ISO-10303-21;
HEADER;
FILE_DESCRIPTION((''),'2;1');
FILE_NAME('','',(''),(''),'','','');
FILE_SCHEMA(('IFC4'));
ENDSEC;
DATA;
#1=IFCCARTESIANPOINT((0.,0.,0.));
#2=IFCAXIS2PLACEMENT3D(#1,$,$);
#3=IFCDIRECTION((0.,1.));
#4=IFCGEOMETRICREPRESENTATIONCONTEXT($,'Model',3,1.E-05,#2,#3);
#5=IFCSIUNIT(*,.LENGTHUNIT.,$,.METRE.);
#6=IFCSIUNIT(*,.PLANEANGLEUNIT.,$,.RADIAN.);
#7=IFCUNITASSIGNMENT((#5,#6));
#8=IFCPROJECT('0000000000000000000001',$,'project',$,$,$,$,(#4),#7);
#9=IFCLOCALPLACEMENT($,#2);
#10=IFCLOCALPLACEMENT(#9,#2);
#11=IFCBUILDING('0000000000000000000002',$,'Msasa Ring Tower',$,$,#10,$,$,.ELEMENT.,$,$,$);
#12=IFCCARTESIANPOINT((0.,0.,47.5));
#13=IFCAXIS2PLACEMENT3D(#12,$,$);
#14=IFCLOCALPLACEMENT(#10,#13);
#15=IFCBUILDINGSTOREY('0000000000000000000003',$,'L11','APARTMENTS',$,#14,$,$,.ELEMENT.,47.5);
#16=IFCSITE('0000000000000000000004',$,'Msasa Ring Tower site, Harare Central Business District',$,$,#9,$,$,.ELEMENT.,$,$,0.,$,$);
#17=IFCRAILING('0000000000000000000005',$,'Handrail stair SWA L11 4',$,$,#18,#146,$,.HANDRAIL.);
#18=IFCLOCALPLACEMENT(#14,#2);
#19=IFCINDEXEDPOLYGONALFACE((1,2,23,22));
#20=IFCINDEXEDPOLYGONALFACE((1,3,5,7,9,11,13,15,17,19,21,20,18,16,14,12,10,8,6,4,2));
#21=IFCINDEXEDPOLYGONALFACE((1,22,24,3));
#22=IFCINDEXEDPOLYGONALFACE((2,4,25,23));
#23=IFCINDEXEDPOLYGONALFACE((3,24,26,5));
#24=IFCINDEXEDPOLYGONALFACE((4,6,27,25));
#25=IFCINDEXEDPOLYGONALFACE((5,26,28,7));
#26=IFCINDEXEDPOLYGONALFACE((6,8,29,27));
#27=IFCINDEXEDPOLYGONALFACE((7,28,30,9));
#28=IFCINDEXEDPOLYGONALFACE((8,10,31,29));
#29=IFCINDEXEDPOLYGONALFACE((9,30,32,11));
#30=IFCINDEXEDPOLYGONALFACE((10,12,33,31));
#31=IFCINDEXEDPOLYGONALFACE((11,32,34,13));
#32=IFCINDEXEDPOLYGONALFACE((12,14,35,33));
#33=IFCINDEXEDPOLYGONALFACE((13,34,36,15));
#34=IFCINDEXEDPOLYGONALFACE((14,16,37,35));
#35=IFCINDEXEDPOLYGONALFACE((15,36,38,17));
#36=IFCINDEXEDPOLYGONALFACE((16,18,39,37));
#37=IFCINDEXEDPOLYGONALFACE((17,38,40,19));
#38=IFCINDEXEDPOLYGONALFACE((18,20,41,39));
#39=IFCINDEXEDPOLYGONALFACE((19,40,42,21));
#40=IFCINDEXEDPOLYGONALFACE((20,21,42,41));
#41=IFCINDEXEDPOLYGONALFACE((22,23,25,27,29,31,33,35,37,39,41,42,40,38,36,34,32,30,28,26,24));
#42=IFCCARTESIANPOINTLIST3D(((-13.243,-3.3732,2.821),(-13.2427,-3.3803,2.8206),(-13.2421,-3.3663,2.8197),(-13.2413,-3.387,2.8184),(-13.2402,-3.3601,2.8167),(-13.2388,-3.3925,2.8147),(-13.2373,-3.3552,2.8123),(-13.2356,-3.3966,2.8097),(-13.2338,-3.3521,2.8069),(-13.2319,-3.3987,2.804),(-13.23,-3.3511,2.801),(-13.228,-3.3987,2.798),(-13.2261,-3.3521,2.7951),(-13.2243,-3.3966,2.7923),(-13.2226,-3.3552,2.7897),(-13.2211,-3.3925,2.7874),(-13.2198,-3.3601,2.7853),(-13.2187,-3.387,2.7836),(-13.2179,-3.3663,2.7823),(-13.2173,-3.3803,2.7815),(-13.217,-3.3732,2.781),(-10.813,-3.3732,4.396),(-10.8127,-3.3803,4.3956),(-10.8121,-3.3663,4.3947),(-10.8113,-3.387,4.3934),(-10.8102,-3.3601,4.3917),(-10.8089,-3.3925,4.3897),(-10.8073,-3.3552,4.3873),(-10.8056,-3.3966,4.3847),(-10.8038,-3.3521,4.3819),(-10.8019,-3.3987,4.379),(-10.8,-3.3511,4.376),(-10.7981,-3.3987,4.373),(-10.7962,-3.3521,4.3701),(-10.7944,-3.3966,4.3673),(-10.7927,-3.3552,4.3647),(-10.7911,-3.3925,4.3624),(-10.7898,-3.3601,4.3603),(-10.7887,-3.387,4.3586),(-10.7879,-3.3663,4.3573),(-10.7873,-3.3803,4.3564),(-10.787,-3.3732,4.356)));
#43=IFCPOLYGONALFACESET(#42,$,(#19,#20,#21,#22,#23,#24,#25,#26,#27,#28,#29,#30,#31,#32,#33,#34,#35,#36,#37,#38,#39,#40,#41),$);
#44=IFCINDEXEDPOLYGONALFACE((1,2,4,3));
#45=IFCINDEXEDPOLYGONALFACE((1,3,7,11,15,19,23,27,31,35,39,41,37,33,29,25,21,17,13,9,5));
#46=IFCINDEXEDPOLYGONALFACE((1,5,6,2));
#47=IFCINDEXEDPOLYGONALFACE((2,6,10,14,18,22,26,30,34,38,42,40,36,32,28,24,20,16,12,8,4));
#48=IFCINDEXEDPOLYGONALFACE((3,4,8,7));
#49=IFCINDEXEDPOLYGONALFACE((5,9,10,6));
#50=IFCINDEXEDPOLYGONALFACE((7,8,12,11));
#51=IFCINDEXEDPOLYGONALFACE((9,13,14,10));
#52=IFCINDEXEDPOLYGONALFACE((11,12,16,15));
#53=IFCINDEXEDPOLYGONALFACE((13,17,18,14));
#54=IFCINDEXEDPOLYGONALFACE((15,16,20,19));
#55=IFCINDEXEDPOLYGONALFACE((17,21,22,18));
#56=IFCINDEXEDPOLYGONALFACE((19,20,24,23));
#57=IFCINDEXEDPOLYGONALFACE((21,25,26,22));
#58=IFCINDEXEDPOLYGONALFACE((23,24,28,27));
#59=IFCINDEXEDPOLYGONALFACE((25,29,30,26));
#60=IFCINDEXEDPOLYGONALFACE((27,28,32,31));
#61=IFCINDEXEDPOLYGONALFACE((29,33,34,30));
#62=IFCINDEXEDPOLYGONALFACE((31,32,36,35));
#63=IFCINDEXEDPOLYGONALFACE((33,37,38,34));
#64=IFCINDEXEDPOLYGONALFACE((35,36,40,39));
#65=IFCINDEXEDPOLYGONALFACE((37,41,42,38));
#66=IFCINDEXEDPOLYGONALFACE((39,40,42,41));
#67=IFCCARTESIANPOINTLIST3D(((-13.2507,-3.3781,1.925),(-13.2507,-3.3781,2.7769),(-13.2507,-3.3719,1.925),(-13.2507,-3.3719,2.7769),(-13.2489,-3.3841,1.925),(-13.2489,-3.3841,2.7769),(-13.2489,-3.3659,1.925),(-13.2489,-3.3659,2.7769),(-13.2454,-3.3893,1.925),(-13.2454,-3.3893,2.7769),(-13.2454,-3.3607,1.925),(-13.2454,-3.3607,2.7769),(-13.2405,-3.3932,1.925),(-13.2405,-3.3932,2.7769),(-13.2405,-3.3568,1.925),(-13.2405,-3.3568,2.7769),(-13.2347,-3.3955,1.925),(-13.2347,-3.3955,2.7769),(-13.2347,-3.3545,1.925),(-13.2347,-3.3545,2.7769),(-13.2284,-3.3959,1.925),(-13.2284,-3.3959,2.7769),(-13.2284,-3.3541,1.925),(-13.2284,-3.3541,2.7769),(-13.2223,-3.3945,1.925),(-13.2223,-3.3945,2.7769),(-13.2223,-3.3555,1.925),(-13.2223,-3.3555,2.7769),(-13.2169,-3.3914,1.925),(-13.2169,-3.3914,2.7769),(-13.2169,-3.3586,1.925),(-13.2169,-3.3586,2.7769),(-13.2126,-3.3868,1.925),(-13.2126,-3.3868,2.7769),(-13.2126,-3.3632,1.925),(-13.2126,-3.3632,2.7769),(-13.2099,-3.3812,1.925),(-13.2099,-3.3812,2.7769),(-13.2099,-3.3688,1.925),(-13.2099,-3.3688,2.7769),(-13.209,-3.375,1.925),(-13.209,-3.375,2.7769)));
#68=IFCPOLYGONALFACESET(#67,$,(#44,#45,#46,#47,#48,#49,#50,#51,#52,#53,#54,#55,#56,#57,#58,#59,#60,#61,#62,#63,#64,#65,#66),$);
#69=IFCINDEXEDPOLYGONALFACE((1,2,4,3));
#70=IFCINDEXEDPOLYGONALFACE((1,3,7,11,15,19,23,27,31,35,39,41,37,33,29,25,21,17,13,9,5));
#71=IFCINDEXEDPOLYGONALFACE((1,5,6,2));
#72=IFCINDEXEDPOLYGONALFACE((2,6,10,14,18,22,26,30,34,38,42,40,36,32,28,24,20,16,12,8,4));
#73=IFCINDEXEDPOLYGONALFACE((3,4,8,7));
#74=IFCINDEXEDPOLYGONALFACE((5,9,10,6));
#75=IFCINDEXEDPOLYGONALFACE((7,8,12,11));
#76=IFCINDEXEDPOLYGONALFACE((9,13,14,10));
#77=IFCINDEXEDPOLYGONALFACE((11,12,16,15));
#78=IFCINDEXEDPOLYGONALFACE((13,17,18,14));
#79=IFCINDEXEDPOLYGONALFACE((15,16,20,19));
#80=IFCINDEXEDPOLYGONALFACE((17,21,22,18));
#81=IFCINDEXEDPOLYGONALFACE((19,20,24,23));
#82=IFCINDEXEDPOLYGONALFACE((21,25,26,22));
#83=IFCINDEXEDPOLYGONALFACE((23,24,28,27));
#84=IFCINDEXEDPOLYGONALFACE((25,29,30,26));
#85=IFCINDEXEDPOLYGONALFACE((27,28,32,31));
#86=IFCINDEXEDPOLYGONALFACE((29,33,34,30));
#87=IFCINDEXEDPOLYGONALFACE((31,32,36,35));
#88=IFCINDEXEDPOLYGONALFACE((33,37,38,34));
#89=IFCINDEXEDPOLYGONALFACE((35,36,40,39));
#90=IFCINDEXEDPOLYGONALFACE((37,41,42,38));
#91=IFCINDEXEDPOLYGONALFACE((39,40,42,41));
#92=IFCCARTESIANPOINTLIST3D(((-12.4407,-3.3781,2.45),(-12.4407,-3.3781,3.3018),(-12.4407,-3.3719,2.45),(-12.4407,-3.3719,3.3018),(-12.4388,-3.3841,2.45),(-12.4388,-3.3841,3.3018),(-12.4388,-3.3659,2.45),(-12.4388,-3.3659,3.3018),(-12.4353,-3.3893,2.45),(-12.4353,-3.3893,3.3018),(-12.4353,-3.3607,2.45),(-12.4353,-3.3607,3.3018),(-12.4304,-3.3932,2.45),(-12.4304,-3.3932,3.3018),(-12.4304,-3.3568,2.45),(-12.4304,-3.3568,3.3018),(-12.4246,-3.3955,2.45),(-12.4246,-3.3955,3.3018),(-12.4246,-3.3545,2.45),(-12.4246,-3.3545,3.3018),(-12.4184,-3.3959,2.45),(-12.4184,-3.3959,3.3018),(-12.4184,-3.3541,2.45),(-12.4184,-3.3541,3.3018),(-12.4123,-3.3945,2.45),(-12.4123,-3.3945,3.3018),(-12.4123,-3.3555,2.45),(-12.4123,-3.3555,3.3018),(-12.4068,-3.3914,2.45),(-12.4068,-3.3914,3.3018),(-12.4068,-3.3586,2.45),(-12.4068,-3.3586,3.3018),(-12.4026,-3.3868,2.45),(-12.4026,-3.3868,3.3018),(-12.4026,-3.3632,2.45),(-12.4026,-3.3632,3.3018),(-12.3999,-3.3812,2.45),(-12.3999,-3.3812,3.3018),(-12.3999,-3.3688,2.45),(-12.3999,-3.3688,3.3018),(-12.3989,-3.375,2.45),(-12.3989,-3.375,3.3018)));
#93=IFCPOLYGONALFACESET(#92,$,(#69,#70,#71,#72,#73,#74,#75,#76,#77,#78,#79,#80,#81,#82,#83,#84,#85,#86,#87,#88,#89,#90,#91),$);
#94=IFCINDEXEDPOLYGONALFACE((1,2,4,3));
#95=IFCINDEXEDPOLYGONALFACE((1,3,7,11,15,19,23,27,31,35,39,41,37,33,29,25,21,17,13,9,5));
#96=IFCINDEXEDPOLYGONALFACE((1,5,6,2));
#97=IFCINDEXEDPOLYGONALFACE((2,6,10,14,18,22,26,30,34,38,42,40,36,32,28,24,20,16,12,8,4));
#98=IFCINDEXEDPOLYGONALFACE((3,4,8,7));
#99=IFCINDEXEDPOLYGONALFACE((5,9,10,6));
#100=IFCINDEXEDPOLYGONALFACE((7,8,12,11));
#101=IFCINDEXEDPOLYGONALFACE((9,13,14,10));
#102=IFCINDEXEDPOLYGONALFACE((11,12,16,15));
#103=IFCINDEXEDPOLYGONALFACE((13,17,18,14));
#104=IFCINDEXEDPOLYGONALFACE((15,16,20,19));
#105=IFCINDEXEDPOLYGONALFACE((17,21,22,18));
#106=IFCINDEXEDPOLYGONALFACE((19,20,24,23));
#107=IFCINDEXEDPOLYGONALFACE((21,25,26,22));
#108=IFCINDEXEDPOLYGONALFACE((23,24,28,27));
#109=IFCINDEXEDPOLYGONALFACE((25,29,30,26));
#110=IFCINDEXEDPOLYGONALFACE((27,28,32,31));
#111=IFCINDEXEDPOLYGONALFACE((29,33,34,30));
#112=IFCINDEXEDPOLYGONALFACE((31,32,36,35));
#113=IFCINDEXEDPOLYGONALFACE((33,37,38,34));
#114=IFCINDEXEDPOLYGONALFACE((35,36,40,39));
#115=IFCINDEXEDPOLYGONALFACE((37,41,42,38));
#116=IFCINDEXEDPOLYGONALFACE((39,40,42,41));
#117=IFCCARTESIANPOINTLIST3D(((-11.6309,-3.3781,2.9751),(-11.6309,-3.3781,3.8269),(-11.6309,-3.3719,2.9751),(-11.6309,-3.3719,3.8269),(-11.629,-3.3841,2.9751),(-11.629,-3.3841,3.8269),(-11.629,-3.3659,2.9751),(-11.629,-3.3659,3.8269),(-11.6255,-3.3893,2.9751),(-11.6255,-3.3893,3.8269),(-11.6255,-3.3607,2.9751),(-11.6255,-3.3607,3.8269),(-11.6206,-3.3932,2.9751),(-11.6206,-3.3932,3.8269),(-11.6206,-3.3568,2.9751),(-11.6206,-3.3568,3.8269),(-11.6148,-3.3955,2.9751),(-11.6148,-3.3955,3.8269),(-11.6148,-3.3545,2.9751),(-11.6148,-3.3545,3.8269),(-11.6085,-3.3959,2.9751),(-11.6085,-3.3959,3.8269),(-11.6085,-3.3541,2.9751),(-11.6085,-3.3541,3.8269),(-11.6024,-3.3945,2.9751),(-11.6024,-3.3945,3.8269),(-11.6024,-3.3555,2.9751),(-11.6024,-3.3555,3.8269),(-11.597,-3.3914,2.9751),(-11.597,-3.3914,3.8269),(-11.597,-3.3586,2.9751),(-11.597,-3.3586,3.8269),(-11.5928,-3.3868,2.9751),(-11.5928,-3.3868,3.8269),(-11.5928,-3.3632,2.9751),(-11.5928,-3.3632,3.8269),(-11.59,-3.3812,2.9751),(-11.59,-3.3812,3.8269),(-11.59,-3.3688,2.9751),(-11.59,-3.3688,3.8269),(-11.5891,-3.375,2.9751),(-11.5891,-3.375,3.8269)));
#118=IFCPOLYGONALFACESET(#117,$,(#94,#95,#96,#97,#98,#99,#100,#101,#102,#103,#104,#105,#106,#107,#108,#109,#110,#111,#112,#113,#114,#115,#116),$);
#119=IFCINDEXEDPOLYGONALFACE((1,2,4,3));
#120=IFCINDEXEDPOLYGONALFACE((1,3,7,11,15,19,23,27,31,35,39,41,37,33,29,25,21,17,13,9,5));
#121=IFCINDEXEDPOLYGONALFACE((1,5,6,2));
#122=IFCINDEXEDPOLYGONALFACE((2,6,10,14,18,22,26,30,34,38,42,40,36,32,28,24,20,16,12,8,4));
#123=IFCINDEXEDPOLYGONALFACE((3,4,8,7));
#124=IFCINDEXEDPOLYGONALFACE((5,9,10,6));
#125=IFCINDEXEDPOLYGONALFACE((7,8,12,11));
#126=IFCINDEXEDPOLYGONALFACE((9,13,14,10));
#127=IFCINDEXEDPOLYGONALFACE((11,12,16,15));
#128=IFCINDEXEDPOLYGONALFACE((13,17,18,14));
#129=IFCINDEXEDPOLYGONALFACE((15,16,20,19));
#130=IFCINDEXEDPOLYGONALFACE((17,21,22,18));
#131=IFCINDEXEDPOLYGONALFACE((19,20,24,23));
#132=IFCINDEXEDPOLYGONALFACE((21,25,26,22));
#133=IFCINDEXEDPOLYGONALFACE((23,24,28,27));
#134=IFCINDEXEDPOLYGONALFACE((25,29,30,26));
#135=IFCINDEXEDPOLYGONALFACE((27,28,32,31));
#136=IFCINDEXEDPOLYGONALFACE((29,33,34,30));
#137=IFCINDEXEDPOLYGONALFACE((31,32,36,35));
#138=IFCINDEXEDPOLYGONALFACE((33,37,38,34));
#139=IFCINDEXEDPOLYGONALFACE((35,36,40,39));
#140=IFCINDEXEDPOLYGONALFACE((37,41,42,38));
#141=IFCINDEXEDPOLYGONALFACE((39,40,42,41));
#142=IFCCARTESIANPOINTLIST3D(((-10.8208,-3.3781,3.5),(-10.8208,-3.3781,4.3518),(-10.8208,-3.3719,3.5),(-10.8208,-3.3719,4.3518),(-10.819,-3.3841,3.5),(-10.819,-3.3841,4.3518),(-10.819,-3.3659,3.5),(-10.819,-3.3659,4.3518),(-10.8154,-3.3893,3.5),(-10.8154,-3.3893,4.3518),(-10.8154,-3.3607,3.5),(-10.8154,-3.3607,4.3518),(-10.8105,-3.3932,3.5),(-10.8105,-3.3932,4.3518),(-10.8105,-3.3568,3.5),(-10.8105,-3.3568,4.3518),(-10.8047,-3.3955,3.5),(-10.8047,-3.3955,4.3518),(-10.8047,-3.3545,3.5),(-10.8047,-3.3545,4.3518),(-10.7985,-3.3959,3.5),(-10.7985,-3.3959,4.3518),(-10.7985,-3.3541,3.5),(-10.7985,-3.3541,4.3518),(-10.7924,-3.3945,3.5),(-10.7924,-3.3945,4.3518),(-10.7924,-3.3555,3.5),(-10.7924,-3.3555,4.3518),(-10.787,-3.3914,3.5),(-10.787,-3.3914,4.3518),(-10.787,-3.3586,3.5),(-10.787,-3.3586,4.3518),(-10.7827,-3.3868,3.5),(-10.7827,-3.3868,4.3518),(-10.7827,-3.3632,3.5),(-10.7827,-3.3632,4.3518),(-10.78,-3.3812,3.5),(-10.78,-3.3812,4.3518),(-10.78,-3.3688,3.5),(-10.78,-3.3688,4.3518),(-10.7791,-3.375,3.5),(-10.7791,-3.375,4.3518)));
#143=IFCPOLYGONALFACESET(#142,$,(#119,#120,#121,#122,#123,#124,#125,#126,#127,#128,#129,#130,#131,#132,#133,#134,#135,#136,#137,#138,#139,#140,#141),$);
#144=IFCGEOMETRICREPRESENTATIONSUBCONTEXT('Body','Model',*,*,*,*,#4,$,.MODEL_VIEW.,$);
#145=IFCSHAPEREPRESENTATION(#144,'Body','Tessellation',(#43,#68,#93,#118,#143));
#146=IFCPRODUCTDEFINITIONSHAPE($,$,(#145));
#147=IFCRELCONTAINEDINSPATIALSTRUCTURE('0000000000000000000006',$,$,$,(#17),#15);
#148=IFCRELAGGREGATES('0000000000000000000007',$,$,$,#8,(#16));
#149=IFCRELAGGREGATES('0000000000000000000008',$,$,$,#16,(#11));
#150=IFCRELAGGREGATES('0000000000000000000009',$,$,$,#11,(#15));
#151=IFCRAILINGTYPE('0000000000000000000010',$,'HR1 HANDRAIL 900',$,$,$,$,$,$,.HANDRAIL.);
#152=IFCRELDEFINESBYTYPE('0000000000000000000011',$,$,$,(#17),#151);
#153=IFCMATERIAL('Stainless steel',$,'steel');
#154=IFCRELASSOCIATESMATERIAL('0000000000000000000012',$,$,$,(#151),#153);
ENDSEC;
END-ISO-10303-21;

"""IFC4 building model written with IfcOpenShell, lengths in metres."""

from ifc_helpers import new_model, si_unit, direction, frame, origin, origin_2d, place, context, subcontext, project, spatial, circle, extrude, material, type_object, element, save


model = new_model("IFC4")

# Units and contexts
model_context = context("Model", 3, precision=1e-05, world=origin(), true_north=direction((0.0, 1.0)))
body_context = subcontext(model_context, "Body", "Model", "MODEL_VIEW")
ifc_project = project(units=[si_unit("LENGTHUNIT", "METRE"), si_unit("PLANEANGLEUNIT", "RADIAN")], contexts=[model_context])

# Site, building, storey
site_placement = place(None, origin())
site = spatial("IfcSite", under=ifc_project, at=site_placement, Name="Msasa Ring Tower site, Harare Central Business District", CompositionType="ELEMENT", RefElevation=0.0)
building_placement = place(site_placement, origin())
building = spatial("IfcBuilding", under=site, at=building_placement, Name="Msasa Ring Tower", CompositionType="ELEMENT")
storey_placement = place(building_placement, frame((0.0, 0.0, 47.5)))
storey = spatial("IfcBuildingStorey", under=building, at=storey_placement, Name="L11", Description="APARTMENTS", CompositionType="ELEMENT", Elevation=47.5)

# Railing
ifc_material_1 = material(Name="Stainless steel", Category="steel")
railing_type = type_object("IfcRailingType", Name="HR1 HANDRAIL 900", PredefinedType="HANDRAIL", material=ifc_material_1)
for number, where, name in (
    (1, (-13.23, -3.375, 1.925), "Handrail stair SWA L11 4"),
):
    element("IfcRailing", number, at=place(storey_placement, frame(where)), inside=storey, type_object=railing_type, Name=name, PredefinedType="HANDRAIL", context=body_context, shape_type="SweptSolid", body=[
        extrude(circle(Radius=0.0239, at=origin_2d()), frame((0.0, 0.0, 0.876), z_axis=(0.839154, 0.0, 0.543894), x_axis=(0.0, 1.0, 0.0)), (0.0, 0.0, 1.0), 2.8958),
        extrude(circle(Radius=0.021, at=origin_2d()), origin(), (0.0, 0.0, 1.0), 0.8518),
        extrude(circle(Radius=0.021, at=origin_2d()), frame((0.8101, 0.0, 0.5249)), (0.0, 0.0, 1.0), 0.8518),
        extrude(circle(Radius=0.021, at=origin_2d()), frame((1.6199, 0.0, 1.05)), (0.0, 0.0, 1.0), 0.8518),
        extrude(circle(Radius=0.021, at=origin_2d()), frame((2.4299, 0.0, 1.575)), (0.0, 0.0, 1.0), 0.8518),
    ])

save(model, "model.ifc")
